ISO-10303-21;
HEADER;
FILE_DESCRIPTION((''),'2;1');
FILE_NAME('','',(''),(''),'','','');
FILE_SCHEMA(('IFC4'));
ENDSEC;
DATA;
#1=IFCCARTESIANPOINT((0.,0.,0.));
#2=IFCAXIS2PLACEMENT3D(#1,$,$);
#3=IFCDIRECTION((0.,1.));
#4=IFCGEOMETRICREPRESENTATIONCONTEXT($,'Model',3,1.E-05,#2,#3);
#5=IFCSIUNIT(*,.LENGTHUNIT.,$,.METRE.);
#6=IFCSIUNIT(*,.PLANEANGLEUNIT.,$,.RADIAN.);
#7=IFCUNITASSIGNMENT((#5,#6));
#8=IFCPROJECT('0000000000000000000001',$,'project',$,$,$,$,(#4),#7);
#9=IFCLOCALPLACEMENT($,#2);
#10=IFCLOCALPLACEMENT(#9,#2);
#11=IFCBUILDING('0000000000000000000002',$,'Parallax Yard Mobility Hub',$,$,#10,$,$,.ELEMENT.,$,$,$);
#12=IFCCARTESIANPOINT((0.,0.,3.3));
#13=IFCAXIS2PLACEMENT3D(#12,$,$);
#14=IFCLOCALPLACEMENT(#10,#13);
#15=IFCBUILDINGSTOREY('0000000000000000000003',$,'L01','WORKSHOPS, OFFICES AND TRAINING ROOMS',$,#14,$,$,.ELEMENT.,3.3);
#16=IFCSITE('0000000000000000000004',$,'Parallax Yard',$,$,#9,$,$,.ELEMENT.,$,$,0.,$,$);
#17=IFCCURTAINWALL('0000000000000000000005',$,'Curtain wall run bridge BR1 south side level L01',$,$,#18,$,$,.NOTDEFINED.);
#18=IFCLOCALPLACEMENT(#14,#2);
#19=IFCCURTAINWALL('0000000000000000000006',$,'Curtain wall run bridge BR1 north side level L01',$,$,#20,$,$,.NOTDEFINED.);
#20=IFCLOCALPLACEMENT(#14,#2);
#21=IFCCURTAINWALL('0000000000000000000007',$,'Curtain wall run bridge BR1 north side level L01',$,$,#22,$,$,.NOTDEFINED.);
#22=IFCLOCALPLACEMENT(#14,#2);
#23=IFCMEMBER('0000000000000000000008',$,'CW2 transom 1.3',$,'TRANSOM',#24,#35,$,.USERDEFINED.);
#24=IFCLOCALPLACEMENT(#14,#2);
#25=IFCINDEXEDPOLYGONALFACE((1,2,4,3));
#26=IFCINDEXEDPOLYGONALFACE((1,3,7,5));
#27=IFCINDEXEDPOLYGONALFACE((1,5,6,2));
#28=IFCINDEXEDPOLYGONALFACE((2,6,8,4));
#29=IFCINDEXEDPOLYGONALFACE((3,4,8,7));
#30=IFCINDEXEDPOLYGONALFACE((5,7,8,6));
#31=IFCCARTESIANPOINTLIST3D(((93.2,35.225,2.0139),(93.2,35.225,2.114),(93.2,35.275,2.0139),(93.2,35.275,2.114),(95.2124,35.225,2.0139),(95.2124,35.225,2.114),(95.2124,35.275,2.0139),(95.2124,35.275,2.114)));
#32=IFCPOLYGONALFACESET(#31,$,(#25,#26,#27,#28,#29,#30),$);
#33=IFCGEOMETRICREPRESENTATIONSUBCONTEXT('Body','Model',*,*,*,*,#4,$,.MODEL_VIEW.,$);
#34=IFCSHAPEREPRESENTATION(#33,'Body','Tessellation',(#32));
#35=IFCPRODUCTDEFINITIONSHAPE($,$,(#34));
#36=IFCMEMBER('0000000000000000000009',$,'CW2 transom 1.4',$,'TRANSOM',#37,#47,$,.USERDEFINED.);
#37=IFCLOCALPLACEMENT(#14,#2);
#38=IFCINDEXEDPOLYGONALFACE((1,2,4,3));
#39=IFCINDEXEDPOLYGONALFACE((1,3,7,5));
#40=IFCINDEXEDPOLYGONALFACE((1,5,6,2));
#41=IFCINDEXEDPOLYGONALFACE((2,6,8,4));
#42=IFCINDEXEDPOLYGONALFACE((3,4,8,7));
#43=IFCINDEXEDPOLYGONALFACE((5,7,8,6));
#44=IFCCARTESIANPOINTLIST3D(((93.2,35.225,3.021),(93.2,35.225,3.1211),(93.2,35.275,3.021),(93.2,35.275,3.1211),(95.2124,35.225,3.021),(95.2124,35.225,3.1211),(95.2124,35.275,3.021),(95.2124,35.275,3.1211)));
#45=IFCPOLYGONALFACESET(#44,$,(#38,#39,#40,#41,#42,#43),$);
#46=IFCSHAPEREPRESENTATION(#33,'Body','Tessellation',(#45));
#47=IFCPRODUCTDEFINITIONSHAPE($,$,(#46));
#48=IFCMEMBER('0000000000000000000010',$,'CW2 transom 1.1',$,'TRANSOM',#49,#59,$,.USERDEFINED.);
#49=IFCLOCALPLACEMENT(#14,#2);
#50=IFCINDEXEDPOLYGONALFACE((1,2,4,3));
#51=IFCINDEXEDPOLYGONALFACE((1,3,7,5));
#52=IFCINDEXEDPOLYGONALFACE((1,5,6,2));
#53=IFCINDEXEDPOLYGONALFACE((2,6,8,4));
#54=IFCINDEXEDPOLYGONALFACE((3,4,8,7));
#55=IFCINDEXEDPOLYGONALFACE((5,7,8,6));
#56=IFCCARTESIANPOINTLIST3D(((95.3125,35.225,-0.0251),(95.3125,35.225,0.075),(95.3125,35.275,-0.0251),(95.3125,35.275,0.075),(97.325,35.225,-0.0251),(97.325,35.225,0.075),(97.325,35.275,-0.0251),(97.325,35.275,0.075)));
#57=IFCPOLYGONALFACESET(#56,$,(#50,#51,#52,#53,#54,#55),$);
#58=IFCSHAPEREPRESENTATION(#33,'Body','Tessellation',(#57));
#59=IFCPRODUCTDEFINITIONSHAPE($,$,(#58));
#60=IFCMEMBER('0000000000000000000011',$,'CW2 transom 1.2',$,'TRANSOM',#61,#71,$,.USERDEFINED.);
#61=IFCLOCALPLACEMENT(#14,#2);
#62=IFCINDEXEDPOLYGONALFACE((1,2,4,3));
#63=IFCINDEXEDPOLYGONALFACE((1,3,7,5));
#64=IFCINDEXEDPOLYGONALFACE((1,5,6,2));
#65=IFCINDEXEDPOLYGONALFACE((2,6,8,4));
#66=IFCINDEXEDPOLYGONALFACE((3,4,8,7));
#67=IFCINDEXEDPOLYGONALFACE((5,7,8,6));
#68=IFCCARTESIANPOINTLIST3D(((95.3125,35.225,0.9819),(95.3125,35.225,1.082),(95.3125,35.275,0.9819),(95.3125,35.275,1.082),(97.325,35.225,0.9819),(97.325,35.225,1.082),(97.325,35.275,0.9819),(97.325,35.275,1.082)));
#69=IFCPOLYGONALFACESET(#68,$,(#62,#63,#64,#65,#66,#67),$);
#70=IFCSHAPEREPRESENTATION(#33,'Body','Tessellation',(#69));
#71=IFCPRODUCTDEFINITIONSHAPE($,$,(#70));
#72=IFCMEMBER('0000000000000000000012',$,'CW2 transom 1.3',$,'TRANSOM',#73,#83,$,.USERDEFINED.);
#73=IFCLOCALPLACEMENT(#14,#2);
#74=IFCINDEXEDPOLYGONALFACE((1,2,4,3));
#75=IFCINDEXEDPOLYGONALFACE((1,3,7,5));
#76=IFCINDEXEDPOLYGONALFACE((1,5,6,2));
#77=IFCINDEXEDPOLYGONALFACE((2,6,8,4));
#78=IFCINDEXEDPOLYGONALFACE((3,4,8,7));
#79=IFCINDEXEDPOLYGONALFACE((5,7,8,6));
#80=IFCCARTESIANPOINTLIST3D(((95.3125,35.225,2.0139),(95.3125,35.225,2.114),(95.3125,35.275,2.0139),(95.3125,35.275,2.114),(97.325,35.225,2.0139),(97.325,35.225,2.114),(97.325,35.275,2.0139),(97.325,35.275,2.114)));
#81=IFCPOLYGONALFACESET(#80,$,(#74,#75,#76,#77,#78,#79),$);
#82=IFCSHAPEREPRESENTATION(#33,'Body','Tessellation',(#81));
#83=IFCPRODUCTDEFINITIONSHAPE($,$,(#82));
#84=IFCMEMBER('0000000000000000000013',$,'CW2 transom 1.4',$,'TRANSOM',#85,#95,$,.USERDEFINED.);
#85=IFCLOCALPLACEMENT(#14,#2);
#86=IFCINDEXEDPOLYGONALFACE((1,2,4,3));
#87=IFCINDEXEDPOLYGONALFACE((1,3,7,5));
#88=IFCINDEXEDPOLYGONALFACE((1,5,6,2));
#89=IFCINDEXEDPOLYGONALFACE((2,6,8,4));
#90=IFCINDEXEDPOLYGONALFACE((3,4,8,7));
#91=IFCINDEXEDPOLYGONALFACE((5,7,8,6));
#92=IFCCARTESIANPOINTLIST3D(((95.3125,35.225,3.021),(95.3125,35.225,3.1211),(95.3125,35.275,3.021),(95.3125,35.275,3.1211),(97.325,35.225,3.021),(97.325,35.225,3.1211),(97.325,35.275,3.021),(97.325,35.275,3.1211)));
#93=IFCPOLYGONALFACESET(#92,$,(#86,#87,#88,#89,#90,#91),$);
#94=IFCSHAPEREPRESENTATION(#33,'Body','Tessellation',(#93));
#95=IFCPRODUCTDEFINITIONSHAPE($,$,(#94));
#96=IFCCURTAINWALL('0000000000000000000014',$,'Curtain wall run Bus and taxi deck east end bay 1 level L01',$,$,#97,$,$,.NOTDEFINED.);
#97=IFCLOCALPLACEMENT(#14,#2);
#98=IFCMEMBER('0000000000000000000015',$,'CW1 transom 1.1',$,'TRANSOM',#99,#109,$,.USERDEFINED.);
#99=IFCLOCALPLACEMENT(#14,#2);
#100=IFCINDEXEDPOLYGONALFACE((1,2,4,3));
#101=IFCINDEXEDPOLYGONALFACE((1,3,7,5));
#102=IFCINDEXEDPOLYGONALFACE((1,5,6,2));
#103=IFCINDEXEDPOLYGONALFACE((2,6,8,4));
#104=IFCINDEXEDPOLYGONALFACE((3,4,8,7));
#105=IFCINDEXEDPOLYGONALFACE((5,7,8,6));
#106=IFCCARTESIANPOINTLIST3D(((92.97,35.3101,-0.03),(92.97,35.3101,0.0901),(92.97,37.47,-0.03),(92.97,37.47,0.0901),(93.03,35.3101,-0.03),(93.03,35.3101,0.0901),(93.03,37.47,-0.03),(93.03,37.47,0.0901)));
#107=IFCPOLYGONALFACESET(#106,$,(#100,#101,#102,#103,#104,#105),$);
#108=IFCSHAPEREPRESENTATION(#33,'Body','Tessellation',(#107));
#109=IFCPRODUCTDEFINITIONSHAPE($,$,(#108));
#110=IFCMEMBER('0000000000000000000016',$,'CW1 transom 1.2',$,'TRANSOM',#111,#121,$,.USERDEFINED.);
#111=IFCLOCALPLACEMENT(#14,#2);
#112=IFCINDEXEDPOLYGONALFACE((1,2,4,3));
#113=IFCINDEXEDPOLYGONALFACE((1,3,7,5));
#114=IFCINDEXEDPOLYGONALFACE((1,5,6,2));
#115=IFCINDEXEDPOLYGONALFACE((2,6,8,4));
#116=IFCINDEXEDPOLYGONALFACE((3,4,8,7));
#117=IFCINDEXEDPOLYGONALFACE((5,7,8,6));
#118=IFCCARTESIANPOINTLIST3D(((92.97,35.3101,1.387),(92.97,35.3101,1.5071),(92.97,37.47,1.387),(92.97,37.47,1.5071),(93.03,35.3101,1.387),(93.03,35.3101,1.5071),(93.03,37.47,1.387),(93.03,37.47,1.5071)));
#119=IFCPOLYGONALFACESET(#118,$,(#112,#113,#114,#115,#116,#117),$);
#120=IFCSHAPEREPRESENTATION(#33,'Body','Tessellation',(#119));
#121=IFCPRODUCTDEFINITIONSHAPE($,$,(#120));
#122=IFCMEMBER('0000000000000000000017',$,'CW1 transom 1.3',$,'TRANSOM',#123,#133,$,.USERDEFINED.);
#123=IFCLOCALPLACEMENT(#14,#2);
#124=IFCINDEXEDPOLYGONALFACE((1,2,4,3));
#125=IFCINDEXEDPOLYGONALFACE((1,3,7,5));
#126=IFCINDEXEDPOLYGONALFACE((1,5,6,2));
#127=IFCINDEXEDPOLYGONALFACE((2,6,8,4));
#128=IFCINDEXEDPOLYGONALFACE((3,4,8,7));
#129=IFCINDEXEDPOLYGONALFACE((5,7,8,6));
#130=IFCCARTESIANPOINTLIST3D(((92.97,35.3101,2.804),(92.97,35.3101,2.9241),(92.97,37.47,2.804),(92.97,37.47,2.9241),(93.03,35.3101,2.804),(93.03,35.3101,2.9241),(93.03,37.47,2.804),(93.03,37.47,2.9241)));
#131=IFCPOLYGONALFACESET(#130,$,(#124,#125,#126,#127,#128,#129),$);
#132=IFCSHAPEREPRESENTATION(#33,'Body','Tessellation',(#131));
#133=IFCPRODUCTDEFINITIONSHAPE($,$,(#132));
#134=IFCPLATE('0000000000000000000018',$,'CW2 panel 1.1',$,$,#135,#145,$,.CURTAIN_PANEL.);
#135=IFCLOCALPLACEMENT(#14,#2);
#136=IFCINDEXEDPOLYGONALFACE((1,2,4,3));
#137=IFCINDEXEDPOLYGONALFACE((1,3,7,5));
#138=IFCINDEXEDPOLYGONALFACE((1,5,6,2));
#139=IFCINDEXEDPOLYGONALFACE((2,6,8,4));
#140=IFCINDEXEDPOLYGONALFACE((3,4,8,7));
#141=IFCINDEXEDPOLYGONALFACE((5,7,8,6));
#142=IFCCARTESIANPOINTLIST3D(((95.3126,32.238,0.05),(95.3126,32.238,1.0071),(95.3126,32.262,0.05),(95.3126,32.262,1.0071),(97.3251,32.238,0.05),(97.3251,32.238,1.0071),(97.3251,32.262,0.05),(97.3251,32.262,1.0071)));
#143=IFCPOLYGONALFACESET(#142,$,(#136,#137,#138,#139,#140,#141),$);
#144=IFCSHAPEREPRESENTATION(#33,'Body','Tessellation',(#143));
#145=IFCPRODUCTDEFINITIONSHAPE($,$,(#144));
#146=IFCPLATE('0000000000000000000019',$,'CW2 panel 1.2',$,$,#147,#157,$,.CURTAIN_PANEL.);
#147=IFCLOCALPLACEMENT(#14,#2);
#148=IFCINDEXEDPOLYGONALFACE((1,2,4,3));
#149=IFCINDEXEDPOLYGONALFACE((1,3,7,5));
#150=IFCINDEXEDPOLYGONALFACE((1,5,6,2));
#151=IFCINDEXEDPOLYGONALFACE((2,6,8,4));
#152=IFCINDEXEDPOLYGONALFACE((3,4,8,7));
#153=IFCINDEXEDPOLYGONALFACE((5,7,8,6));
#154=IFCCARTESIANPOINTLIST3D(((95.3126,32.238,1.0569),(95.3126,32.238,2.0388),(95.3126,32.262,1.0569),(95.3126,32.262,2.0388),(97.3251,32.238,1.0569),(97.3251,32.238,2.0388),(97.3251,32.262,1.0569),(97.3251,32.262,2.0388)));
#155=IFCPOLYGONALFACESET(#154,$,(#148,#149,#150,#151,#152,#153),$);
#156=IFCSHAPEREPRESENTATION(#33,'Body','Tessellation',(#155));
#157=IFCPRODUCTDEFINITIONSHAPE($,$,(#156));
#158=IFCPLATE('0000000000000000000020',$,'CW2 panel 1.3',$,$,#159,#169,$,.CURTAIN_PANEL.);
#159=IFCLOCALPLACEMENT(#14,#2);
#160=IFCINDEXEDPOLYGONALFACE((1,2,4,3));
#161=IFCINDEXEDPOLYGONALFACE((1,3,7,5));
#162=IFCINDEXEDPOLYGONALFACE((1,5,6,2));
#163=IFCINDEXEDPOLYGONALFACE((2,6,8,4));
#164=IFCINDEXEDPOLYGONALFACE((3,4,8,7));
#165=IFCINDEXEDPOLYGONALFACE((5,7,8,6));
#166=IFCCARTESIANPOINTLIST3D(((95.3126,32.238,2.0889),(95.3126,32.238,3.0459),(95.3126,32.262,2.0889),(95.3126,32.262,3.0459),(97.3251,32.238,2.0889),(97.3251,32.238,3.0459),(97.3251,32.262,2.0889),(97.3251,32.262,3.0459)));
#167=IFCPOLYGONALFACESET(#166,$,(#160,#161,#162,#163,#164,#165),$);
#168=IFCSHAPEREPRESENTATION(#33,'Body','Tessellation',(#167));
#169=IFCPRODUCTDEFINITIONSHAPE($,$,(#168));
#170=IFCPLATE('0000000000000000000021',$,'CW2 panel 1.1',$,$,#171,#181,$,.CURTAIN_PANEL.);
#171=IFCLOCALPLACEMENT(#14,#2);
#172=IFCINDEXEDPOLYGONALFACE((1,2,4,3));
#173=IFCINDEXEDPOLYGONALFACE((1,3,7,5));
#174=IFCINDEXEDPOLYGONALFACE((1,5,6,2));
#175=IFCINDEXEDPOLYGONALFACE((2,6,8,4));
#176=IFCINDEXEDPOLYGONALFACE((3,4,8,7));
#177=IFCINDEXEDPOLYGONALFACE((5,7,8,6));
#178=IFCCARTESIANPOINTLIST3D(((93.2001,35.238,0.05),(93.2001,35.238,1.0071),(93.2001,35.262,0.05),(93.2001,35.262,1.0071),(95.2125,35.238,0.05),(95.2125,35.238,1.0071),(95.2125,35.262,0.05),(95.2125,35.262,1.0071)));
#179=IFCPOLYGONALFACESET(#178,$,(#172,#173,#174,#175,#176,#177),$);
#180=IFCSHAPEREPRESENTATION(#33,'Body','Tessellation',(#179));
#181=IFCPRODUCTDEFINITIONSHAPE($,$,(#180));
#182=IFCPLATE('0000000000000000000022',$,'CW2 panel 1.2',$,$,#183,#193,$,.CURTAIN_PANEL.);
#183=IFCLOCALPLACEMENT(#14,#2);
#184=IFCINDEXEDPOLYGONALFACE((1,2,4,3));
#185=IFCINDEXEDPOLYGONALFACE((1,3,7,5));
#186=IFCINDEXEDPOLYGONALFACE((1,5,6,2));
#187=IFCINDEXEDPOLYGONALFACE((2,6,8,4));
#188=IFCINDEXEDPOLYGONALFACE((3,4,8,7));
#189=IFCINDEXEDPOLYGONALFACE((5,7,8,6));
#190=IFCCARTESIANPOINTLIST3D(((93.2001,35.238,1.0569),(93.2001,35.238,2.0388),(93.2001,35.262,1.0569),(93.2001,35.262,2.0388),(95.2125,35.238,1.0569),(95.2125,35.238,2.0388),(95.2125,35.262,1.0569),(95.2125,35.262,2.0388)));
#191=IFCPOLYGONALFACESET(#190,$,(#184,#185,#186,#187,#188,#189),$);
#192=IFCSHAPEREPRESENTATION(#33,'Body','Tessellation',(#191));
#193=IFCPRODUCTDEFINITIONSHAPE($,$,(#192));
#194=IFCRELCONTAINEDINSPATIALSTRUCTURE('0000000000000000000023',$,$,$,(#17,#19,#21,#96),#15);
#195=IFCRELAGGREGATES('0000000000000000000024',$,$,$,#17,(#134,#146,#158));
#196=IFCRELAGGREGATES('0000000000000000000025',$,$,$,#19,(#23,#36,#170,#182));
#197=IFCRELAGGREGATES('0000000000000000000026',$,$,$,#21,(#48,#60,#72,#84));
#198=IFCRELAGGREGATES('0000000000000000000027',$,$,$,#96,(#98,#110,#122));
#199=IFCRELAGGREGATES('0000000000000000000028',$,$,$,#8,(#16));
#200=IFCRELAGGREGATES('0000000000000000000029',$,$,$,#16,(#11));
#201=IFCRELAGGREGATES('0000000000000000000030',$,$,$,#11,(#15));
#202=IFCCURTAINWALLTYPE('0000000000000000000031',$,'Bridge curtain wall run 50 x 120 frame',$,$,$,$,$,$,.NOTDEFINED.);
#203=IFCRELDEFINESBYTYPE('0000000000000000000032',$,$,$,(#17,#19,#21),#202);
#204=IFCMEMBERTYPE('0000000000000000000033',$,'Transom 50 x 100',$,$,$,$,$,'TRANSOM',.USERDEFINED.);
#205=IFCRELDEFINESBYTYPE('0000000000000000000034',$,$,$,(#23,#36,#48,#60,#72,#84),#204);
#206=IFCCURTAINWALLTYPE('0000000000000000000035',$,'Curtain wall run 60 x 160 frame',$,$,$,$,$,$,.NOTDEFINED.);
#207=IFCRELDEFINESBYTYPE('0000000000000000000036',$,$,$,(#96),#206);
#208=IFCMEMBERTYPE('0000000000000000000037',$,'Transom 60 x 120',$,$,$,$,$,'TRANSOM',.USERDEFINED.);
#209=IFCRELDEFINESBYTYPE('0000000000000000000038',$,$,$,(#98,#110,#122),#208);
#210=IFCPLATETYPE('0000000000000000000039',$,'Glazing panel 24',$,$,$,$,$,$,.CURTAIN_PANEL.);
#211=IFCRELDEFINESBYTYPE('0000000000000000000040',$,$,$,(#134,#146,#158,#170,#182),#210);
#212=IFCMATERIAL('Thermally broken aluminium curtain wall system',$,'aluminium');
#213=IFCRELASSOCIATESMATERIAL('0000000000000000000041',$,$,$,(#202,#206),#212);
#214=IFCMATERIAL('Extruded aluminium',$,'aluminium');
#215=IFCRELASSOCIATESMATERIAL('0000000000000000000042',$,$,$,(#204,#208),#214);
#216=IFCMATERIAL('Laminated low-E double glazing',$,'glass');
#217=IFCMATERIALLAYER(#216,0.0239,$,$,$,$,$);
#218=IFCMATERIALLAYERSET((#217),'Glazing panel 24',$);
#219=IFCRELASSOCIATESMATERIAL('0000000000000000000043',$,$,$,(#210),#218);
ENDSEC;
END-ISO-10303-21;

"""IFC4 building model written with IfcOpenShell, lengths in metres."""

from ifc_helpers import new_model, si_unit, direction, frame, origin, origin_2d, place, context, subcontext, project, spatial, rectangle, extrude, material, layer, layer_set, material_profile, profile_set, type_object, element, aggregate, save


model = new_model("IFC4")

# Units and contexts
model_context = context("Model", 3, precision=1e-05, world=origin(), true_north=direction((0.0, 1.0)))
body_context = subcontext(model_context, "Body", "Model", "MODEL_VIEW")
ifc_project = project(units=[si_unit("LENGTHUNIT", "METRE"), si_unit("PLANEANGLEUNIT", "RADIAN")], contexts=[model_context])

# Site, building, storey
site_placement = place(None, origin())
site = spatial("IfcSite", under=ifc_project, at=site_placement, Name="Parallax Yard", CompositionType="ELEMENT", RefElevation=0.0)
building_placement = place(site_placement, origin())
building = spatial("IfcBuilding", under=site, at=building_placement, Name="Parallax Yard Mobility Hub", CompositionType="ELEMENT")
storey_placement = place(building_placement, frame((0.0, 0.0, 3.3)))
storey = spatial("IfcBuildingStorey", under=building, at=storey_placement, Name="L01", Description="WORKSHOPS, OFFICES AND TRAINING ROOMS", CompositionType="ELEMENT", Elevation=3.3)

# Curtain wall
ifc_material_1 = material(Name="Thermally broken aluminium curtain wall system", Category="aluminium")
curtain_wall_type_1 = type_object("IfcCurtainWallType", Name="Bridge curtain wall run 50 x 120 frame", PredefinedType="NOTDEFINED", material=ifc_material_1)
curtain_wall_1_placement = place(storey_placement, origin())
curtain_wall_1 = element("IfcCurtainWall", 1, at=curtain_wall_1_placement, inside=storey, type_object=curtain_wall_type_1, Name="Curtain wall run bridge BR1 south side level L01", PredefinedType="NOTDEFINED")
ifc_material_2 = material(Name="Extruded aluminium", Category="aluminium")

# Curtain walls
curtain_wall_2_placement = place(storey_placement, origin())
curtain_wall_2 = element("IfcCurtainWall", 2, at=curtain_wall_2_placement, inside=storey, type_object=curtain_wall_type_1, Name="Curtain wall run bridge BR1 north side level L01", PredefinedType="NOTDEFINED")
curtain_wall_3_placement = place(storey_placement, origin())
curtain_wall_3 = element("IfcCurtainWall", 3, at=curtain_wall_3_placement, inside=storey, type_object=curtain_wall_type_1, Name="Curtain wall run bridge BR1 north side level L01", PredefinedType="NOTDEFINED")

# Members
ifc_material_profile_1 = material_profile(ifc_material_2, rectangle(XDim=0.05, YDim=0.1001, at=origin_2d()), Name="Transom 50 x 100")
ifc_profile_set_1 = profile_set([ifc_material_profile_1], Name="Extruded aluminium")
member_type_1 = type_object("IfcMemberType", Name="Transom 50 x 100", ElementType="TRANSOM", PredefinedType="USERDEFINED", material=ifc_profile_set_1)
member_1_placement = place(storey_placement, frame((93.2, 35.25, 2.064), z_axis=(1.0, 0.0, 0.0), x_axis=(0.0, 1.0, 0.0)))
member_1 = element("IfcMember", 4, at=member_1_placement, type_object=member_type_1, Name="CW2 transom 1.3", ObjectType="TRANSOM", PredefinedType="USERDEFINED", context=body_context, shape_type="SweptSolid", body=[
    extrude(rectangle(XDim=0.05, YDim=0.1001, at=origin_2d()), origin(), (0.0, 0.0, 1.0), 2.0125),
])
member_2_placement = place(storey_placement, frame((93.2, 35.25, 3.071), z_axis=(1.0, 0.0, 0.0), x_axis=(0.0, 1.0, 0.0)))
member_2 = element("IfcMember", 5, at=member_2_placement, type_object=member_type_1, Name="CW2 transom 1.4", ObjectType="TRANSOM", PredefinedType="USERDEFINED", context=body_context, shape_type="SweptSolid", body=[
    extrude(rectangle(XDim=0.05, YDim=0.1001, at=origin_2d()), origin(), (0.0, 0.0, 1.0), 2.0125),
])
member_3_placement = place(storey_placement, frame((95.3125, 35.25, 0.0249), z_axis=(1.0, 0.0, 0.0), x_axis=(0.0, 1.0, 0.0)))
member_3 = element("IfcMember", 6, at=member_3_placement, type_object=member_type_1, Name="CW2 transom 1.1", ObjectType="TRANSOM", PredefinedType="USERDEFINED", context=body_context, shape_type="SweptSolid", body=[
    extrude(rectangle(XDim=0.05, YDim=0.1001, at=origin_2d()), origin(), (0.0, 0.0, 1.0), 2.0125),
])
member_4_placement = place(storey_placement, frame((95.3125, 35.25, 1.032), z_axis=(1.0, 0.0, 0.0), x_axis=(0.0, 1.0, 0.0)))
member_4 = element("IfcMember", 7, at=member_4_placement, type_object=member_type_1, Name="CW2 transom 1.2", ObjectType="TRANSOM", PredefinedType="USERDEFINED", context=body_context, shape_type="SweptSolid", body=[
    extrude(rectangle(XDim=0.05, YDim=0.1001, at=origin_2d()), origin(), (0.0, 0.0, 1.0), 2.0125),
])
member_5_placement = place(storey_placement, frame((95.3125, 35.25, 2.064), z_axis=(1.0, 0.0, 0.0), x_axis=(0.0, 1.0, 0.0)))
member_5 = element("IfcMember", 8, at=member_5_placement, type_object=member_type_1, Name="CW2 transom 1.3", ObjectType="TRANSOM", PredefinedType="USERDEFINED", context=body_context, shape_type="SweptSolid", body=[
    extrude(rectangle(XDim=0.05, YDim=0.1001, at=origin_2d()), origin(), (0.0, 0.0, 1.0), 2.0125),
])
member_6_placement = place(storey_placement, frame((95.3125, 35.25, 3.071), z_axis=(1.0, 0.0, 0.0), x_axis=(0.0, 1.0, 0.0)))
member_6 = element("IfcMember", 9, at=member_6_placement, type_object=member_type_1, Name="CW2 transom 1.4", ObjectType="TRANSOM", PredefinedType="USERDEFINED", context=body_context, shape_type="SweptSolid", body=[
    extrude(rectangle(XDim=0.05, YDim=0.1001, at=origin_2d()), origin(), (0.0, 0.0, 1.0), 2.0125),
])

# Curtain wall, members
curtain_wall_type_2 = type_object("IfcCurtainWallType", Name="Curtain wall run 60 x 160 frame", PredefinedType="NOTDEFINED", material=ifc_material_1)
curtain_wall_4_placement = place(storey_placement, origin())
curtain_wall_4 = element("IfcCurtainWall", 10, at=curtain_wall_4_placement, inside=storey, type_object=curtain_wall_type_2, Name="Curtain wall run Bus and taxi deck east end bay 1 level L01", PredefinedType="NOTDEFINED")
ifc_material_profile_2 = material_profile(ifc_material_2, rectangle(XDim=0.0601, YDim=0.1201, at=origin_2d()), Name="Transom 60 x 120")
ifc_profile_set_2 = profile_set([ifc_material_profile_2], Name="Extruded aluminium")
member_type_2 = type_object("IfcMemberType", Name="Transom 60 x 120", ElementType="TRANSOM", PredefinedType="USERDEFINED", material=ifc_profile_set_2)
member_7_placement = place(storey_placement, frame((93.0, 35.3101, 0.03), z_axis=(0.0, 1.0, 0.0), x_axis=(-1.0, 0.0, 0.0)))
member_7 = element("IfcMember", 11, at=member_7_placement, type_object=member_type_2, Name="CW1 transom 1.1", ObjectType="TRANSOM", PredefinedType="USERDEFINED", context=body_context, shape_type="SweptSolid", body=[
    extrude(rectangle(XDim=0.0601, YDim=0.1201, at=origin_2d()), origin(), (0.0, 0.0, 1.0), 2.1599),
])
member_8_placement = place(storey_placement, frame((93.0, 35.3101, 1.447), z_axis=(0.0, 1.0, 0.0), x_axis=(-1.0, 0.0, 0.0)))
member_8 = element("IfcMember", 12, at=member_8_placement, type_object=member_type_2, Name="CW1 transom 1.2", ObjectType="TRANSOM", PredefinedType="USERDEFINED", context=body_context, shape_type="SweptSolid", body=[
    extrude(rectangle(XDim=0.0601, YDim=0.1201, at=origin_2d()), origin(), (0.0, 0.0, 1.0), 2.1599),
])
member_9_placement = place(storey_placement, frame((93.0, 35.3101, 2.864), z_axis=(0.0, 1.0, 0.0), x_axis=(-1.0, 0.0, 0.0)))
member_9 = element("IfcMember", 13, at=member_9_placement, type_object=member_type_2, Name="CW1 transom 1.3", ObjectType="TRANSOM", PredefinedType="USERDEFINED", context=body_context, shape_type="SweptSolid", body=[
    extrude(rectangle(XDim=0.0601, YDim=0.1201, at=origin_2d()), origin(), (0.0, 0.0, 1.0), 2.1599),
])

# Plates
ifc_material_3 = material(Name="Laminated low-E double glazing", Category="glass")
ifc_layer_1 = layer(ifc_material_3, 0.0239)
ifc_layer_set_1 = layer_set([ifc_layer_1], Name="Glazing panel 24")
plate_type_1 = type_object("IfcPlateType", Name="Glazing panel 24", PredefinedType="CURTAIN_PANEL", material=ifc_layer_set_1)
plate_1_placement = place(storey_placement, frame((96.3188, 32.25, 0.05), z_axis=(0.0, 0.0, 1.0), x_axis=(1.0, 0.0, 0.0)))
plate_1 = element("IfcPlate", 14, at=plate_1_placement, type_object=plate_type_1, Name="CW2 panel 1.1", PredefinedType="CURTAIN_PANEL", context=body_context, shape_type="SweptSolid", body=[
    extrude(rectangle(XDim=2.0125, YDim=0.0239, at=origin_2d()), origin(), (0.0, 0.0, 1.0), 0.957),
])
plate_2_placement = place(storey_placement, frame((96.3188, 32.25, 1.0569), z_axis=(0.0, 0.0, 1.0), x_axis=(1.0, 0.0, 0.0)))
plate_2 = element("IfcPlate", 15, at=plate_2_placement, type_object=plate_type_1, Name="CW2 panel 1.2", PredefinedType="CURTAIN_PANEL", context=body_context, shape_type="SweptSolid", body=[
    extrude(rectangle(XDim=2.0125, YDim=0.0239, at=origin_2d()), origin(), (0.0, 0.0, 1.0), 0.9819),
])
plate_3_placement = place(storey_placement, frame((96.3188, 32.25, 2.0889), z_axis=(0.0, 0.0, 1.0), x_axis=(1.0, 0.0, 0.0)))
plate_3 = element("IfcPlate", 16, at=plate_3_placement, type_object=plate_type_1, Name="CW2 panel 1.3", PredefinedType="CURTAIN_PANEL", context=body_context, shape_type="SweptSolid", body=[
    extrude(rectangle(XDim=2.0125, YDim=0.0239, at=origin_2d()), origin(), (0.0, 0.0, 1.0), 0.957),
])
aggregate(curtain_wall_1, [plate_1, plate_2, plate_3])
plate_4_placement = place(storey_placement, frame((94.2063, 35.25, 0.05), z_axis=(0.0, 0.0, 1.0), x_axis=(1.0, 0.0, 0.0)))
plate_4 = element("IfcPlate", 17, at=plate_4_placement, type_object=plate_type_1, Name="CW2 panel 1.1", PredefinedType="CURTAIN_PANEL", context=body_context, shape_type="SweptSolid", body=[
    extrude(rectangle(XDim=2.0125, YDim=0.0239, at=origin_2d()), origin(), (0.0, 0.0, 1.0), 0.957),
])
plate_5_placement = place(storey_placement, frame((94.2063, 35.25, 1.0569), z_axis=(0.0, 0.0, 1.0), x_axis=(1.0, 0.0, 0.0)))
plate_5 = element("IfcPlate", 18, at=plate_5_placement, type_object=plate_type_1, Name="CW2 panel 1.2", PredefinedType="CURTAIN_PANEL", context=body_context, shape_type="SweptSolid", body=[
    extrude(rectangle(XDim=2.0125, YDim=0.0239, at=origin_2d()), origin(), (0.0, 0.0, 1.0), 0.9819),
])
aggregate(curtain_wall_2, [member_1, member_2, plate_4, plate_5])
aggregate(curtain_wall_3, [member_3, member_4, member_5, member_6])
aggregate(curtain_wall_4, [member_7, member_8, member_9])

save(model, "model.ifc")
